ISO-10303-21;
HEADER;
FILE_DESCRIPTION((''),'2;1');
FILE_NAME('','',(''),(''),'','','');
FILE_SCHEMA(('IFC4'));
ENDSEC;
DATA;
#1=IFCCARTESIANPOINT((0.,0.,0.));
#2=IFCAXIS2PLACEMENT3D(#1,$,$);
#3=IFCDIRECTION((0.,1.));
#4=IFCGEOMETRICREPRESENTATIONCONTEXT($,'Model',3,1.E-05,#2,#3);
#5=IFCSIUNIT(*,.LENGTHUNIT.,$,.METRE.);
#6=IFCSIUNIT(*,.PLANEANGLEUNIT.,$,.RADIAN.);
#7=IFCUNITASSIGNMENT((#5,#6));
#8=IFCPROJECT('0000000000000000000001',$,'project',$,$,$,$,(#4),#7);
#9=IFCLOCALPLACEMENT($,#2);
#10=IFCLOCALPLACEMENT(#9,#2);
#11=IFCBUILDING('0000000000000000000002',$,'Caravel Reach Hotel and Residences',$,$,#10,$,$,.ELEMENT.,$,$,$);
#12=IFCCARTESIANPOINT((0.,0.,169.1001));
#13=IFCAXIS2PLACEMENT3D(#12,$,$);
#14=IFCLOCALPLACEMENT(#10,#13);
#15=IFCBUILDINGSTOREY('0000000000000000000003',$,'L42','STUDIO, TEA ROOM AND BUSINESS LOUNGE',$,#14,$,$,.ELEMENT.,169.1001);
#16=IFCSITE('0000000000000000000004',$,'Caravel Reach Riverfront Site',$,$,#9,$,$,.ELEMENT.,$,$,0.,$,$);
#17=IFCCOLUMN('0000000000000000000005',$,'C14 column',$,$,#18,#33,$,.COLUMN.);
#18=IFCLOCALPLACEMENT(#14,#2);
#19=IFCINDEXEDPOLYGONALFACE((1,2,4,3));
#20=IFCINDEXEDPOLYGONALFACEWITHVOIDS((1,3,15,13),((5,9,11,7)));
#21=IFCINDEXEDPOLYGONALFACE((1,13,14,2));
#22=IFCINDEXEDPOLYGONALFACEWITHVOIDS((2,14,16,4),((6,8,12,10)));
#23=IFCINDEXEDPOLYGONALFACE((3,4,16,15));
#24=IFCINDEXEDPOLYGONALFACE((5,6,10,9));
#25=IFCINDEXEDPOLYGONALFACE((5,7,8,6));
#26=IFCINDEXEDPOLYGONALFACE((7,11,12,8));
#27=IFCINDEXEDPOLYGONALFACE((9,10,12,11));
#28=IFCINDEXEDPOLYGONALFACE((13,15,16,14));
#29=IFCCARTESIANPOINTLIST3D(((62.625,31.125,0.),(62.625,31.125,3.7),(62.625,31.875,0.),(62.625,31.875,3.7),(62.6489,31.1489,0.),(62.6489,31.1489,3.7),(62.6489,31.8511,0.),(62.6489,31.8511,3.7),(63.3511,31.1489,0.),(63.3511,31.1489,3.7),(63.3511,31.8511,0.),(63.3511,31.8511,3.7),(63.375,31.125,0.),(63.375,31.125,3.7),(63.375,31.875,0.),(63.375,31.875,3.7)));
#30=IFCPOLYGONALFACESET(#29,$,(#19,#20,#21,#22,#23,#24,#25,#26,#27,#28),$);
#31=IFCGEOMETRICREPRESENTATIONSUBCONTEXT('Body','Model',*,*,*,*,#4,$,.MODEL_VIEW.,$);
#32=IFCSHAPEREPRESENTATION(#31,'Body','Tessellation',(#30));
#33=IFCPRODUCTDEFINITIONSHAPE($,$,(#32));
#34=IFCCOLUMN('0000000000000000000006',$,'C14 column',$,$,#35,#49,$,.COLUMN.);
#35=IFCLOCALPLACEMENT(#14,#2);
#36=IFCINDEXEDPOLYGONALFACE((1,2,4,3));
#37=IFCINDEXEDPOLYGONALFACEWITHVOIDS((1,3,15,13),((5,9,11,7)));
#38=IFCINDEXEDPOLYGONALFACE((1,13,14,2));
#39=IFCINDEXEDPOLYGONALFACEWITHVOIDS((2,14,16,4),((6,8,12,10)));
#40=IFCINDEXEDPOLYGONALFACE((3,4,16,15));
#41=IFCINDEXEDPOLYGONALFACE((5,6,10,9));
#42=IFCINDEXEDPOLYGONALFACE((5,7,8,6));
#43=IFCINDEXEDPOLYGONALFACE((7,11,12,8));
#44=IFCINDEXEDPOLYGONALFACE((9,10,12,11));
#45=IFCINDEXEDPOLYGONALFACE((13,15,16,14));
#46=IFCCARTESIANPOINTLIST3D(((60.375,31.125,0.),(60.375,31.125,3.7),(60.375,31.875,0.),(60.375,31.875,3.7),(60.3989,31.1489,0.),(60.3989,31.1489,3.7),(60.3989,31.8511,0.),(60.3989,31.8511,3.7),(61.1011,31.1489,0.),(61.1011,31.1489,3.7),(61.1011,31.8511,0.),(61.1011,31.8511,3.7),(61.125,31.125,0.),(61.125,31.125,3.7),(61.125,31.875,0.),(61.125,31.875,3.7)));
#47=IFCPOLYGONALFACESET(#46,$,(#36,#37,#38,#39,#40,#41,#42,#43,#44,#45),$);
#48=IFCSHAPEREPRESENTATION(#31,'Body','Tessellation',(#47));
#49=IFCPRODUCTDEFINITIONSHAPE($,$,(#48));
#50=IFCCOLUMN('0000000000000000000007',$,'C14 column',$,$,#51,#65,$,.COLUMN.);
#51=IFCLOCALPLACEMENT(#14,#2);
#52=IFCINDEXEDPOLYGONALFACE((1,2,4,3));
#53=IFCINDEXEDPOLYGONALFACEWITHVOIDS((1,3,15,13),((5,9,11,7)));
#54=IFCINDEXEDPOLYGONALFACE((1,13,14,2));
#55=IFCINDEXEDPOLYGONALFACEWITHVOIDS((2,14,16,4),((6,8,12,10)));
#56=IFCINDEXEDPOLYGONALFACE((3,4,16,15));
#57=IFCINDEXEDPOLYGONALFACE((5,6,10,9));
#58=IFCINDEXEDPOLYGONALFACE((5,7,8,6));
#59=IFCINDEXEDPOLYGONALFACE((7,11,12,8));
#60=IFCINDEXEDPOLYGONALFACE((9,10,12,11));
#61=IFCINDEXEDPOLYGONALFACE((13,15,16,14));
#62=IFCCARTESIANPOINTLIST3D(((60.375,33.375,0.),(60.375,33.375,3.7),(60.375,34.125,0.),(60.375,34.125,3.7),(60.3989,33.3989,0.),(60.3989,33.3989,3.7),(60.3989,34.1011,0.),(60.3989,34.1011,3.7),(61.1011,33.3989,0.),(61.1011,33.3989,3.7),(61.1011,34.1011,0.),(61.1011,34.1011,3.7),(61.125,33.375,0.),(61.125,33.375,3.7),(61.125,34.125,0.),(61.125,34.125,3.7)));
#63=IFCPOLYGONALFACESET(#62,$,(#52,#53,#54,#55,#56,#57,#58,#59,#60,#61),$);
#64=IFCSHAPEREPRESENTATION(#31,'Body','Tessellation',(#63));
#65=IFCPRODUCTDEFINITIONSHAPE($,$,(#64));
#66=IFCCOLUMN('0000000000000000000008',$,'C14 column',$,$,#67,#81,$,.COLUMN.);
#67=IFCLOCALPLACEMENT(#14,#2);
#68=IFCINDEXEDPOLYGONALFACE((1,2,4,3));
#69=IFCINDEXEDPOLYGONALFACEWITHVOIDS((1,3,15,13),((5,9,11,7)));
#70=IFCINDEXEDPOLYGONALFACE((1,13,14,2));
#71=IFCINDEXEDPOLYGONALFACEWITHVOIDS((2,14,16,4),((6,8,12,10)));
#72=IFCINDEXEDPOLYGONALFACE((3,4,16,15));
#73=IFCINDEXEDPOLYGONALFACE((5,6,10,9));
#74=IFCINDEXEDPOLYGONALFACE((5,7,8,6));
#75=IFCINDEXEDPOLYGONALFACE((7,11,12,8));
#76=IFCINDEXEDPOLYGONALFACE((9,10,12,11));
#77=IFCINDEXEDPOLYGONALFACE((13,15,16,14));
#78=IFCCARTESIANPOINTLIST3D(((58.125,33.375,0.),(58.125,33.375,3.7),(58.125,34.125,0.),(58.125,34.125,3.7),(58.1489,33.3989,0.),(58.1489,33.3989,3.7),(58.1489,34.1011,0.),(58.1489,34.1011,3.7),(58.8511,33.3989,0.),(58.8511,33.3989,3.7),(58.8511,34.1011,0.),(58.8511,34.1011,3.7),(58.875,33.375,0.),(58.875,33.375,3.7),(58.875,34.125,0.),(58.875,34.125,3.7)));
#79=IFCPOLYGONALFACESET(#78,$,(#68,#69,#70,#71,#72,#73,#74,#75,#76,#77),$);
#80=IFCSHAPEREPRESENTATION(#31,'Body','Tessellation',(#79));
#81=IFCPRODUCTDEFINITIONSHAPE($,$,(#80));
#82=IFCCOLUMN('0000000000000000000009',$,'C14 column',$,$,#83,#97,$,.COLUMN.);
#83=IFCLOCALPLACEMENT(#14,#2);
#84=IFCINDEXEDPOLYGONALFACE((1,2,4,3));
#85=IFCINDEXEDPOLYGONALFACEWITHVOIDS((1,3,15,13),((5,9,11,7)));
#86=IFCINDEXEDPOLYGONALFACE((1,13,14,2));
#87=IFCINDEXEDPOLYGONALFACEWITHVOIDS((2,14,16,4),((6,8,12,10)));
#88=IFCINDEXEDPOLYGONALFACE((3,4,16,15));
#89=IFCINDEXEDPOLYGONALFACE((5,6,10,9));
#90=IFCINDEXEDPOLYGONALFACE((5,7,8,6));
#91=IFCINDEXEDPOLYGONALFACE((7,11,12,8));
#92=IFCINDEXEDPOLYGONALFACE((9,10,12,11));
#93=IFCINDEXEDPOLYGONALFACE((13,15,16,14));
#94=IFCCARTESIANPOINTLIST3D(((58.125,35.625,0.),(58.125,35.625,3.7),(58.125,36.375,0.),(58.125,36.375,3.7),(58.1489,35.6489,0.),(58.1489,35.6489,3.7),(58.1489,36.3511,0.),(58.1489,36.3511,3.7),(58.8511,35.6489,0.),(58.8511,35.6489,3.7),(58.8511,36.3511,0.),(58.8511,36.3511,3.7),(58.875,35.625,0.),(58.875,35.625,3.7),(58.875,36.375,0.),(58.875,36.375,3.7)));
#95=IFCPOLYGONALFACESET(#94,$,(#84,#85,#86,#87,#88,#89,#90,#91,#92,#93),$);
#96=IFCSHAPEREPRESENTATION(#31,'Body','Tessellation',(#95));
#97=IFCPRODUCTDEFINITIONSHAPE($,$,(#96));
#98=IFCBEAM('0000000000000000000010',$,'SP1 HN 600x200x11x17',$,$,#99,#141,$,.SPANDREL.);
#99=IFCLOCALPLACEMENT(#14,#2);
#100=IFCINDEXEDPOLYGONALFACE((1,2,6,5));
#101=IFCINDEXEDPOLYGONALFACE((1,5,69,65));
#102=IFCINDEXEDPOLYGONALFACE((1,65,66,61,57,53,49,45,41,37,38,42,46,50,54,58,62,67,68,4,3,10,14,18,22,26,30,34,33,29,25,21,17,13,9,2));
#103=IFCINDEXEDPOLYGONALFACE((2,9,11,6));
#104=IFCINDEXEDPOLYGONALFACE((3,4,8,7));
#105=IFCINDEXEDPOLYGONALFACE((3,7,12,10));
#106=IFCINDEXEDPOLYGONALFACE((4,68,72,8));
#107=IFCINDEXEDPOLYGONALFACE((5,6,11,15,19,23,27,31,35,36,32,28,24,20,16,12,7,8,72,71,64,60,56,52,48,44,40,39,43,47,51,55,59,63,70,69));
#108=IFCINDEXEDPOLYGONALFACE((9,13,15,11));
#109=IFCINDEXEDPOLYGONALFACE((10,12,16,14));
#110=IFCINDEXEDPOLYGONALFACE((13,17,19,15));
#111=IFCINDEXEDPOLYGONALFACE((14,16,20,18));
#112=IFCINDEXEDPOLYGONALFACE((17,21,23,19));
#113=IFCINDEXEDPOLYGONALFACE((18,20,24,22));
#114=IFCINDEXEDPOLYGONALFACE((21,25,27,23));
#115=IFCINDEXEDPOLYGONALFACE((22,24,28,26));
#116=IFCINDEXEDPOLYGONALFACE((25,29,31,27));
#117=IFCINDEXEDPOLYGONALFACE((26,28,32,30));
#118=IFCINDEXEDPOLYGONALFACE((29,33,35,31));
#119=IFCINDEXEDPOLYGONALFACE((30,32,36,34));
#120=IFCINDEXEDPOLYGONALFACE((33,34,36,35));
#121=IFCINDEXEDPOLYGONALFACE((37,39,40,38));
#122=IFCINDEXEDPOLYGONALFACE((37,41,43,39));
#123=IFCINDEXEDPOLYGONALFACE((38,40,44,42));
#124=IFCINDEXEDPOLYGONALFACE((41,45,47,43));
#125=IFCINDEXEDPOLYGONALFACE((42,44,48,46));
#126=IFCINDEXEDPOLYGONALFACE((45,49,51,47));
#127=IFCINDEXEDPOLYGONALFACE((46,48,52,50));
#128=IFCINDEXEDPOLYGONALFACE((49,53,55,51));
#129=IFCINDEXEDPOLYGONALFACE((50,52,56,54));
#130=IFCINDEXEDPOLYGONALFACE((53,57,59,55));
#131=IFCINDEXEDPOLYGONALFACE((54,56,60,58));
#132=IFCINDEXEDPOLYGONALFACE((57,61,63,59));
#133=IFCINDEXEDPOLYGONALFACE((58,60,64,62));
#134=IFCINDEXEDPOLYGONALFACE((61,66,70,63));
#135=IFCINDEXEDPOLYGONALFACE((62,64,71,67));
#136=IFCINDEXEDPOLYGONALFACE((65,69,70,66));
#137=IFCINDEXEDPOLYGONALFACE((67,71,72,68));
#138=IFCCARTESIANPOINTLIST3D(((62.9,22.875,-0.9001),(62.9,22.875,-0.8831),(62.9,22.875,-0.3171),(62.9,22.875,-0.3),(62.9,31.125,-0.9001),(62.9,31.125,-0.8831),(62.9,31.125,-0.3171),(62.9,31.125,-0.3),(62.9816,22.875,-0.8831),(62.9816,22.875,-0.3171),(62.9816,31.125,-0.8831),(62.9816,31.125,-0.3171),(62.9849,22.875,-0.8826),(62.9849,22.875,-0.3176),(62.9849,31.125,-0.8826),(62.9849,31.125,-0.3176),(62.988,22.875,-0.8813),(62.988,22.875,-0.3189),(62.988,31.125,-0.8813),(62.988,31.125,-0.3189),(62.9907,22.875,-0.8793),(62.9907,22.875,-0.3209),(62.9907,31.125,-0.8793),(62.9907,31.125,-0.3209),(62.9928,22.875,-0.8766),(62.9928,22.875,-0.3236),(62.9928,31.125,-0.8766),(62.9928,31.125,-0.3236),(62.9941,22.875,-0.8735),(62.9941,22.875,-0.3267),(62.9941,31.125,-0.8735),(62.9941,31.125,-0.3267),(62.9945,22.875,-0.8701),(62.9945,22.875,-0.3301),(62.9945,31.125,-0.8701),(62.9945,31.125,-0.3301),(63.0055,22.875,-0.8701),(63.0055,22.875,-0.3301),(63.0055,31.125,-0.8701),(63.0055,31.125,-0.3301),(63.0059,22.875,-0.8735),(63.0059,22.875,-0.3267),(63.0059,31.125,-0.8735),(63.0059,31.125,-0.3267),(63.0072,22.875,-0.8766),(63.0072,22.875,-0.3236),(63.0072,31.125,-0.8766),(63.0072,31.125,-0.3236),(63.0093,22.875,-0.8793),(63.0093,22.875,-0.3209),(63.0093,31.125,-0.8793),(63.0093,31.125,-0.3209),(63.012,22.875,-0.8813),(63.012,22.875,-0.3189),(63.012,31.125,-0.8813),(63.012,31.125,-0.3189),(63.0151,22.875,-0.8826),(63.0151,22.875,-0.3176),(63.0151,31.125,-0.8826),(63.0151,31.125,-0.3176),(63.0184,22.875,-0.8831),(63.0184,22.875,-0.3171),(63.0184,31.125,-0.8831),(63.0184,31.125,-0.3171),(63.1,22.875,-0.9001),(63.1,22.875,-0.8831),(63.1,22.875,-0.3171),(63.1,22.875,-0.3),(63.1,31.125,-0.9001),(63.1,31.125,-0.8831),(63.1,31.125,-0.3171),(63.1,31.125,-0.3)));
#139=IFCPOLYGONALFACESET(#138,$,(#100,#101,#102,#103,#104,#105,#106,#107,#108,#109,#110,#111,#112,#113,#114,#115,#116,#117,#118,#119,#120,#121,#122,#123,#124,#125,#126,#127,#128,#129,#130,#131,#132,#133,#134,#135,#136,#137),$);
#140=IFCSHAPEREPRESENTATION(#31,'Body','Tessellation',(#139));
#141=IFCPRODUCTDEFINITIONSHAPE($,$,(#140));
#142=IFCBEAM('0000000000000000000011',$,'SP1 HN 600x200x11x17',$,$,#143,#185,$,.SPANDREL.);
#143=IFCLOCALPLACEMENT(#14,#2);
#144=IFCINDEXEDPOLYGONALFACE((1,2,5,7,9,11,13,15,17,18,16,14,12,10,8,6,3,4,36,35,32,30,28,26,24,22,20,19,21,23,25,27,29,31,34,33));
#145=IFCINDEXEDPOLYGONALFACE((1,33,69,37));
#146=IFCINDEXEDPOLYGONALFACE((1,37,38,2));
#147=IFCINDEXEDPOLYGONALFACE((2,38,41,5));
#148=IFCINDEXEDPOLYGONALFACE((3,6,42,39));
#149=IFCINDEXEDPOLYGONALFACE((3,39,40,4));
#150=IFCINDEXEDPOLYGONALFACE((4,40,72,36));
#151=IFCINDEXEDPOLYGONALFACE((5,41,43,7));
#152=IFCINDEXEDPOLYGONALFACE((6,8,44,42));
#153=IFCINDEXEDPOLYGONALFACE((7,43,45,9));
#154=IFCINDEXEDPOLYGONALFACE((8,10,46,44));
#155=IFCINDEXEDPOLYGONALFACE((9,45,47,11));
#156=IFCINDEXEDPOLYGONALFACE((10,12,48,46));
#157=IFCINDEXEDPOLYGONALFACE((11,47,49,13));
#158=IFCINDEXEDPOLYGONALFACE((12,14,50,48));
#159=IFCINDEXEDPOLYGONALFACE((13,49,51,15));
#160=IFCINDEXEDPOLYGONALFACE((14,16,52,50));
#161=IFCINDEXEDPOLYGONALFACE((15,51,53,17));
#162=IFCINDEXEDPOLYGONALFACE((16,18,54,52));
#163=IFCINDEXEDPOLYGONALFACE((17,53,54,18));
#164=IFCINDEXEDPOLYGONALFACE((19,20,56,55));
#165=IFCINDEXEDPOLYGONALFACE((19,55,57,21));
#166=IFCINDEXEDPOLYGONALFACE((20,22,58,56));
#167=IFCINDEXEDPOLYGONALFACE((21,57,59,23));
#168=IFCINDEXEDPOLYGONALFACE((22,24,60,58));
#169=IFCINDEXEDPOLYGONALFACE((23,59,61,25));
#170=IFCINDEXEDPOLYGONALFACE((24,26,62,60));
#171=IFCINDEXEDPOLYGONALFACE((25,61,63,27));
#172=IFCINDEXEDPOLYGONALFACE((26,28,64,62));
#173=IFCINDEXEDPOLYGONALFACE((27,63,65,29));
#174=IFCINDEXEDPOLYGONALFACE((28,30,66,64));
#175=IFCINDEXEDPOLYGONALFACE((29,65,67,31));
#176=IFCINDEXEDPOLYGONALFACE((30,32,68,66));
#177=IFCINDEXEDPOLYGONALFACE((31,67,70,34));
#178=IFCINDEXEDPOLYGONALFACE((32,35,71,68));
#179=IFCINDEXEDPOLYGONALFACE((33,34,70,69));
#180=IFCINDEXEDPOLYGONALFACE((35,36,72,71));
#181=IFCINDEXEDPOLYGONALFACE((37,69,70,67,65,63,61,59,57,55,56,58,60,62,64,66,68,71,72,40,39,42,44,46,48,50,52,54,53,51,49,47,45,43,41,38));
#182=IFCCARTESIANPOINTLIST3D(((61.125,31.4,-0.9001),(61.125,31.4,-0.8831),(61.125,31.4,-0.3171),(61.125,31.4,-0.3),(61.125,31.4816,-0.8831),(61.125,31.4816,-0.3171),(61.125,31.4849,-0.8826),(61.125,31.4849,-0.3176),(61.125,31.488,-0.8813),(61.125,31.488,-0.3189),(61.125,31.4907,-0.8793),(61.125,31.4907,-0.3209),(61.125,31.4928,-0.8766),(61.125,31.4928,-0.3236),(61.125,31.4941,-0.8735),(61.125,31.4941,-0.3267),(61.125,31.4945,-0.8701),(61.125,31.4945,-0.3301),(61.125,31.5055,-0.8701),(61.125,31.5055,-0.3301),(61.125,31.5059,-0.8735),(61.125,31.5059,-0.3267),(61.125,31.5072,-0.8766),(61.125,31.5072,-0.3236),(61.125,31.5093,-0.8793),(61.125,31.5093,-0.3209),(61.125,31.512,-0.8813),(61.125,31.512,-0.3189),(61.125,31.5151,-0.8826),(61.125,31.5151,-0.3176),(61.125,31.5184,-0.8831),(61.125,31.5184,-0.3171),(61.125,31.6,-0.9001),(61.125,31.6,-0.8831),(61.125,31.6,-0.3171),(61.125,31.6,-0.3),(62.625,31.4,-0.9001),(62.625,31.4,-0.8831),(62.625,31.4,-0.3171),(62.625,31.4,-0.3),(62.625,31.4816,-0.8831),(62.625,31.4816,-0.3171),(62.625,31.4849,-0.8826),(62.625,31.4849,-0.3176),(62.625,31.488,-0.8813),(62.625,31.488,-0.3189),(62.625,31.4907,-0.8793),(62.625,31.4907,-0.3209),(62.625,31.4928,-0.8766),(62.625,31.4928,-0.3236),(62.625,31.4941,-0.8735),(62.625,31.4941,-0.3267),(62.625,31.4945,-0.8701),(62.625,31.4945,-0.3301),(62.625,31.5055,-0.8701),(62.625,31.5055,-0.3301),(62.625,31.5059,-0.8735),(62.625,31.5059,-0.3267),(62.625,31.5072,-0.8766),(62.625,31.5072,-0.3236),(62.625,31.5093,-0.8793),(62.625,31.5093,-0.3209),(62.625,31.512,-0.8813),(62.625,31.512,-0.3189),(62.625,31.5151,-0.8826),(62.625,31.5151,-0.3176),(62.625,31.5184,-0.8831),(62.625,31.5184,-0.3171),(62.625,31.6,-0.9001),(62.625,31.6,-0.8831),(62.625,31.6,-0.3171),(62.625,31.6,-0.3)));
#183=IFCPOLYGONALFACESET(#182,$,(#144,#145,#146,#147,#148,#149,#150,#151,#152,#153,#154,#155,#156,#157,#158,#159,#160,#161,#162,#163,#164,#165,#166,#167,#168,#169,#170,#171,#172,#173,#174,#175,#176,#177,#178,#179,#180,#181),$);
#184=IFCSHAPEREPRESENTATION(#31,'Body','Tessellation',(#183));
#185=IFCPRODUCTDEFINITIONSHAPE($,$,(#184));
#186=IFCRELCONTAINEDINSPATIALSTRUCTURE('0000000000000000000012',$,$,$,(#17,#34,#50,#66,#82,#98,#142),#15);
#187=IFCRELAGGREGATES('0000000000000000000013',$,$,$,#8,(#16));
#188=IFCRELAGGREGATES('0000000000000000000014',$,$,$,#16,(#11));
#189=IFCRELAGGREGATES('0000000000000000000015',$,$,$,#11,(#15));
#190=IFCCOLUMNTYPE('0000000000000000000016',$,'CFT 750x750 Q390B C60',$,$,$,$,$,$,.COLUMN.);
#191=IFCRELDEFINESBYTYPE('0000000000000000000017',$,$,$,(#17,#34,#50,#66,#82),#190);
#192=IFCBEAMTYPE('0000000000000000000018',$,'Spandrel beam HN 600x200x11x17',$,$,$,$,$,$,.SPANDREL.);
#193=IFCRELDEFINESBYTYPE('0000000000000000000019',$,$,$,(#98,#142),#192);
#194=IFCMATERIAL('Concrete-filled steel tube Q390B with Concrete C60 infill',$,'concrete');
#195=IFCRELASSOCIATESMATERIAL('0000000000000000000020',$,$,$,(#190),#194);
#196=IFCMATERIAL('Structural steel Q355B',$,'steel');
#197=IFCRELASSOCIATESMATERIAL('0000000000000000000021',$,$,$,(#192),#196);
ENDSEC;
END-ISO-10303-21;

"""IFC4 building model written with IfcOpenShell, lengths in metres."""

from ifc_helpers import new_model, si_unit, direction, frame, origin, origin_2d, place, context, subcontext, project, spatial, hollow_rectangle, i_section, extrude, material, material_profile, profile_set, type_object, element, save


model = new_model("IFC4")

# Units and contexts
model_context = context("Model", 3, precision=1e-05, world=origin(), true_north=direction((0.0, 1.0)))
body_context = subcontext(model_context, "Body", "Model", "MODEL_VIEW")
ifc_project = project(units=[si_unit("LENGTHUNIT", "METRE"), si_unit("PLANEANGLEUNIT", "RADIAN")], contexts=[model_context])

# Site, building, storey
site_placement = place(None, origin())
site = spatial("IfcSite", under=ifc_project, at=site_placement, Name="Caravel Reach Riverfront Site", CompositionType="ELEMENT", RefElevation=0.0)
building_placement = place(site_placement, origin())
building = spatial("IfcBuilding", under=site, at=building_placement, Name="Caravel Reach Hotel and Residences", CompositionType="ELEMENT")
storey_placement = place(building_placement, frame((0.0, 0.0, 169.1001)))
storey = spatial("IfcBuildingStorey", under=building, at=storey_placement, Name="L42", Description="STUDIO, TEA ROOM AND BUSINESS LOUNGE", CompositionType="ELEMENT", Elevation=169.1001)

# Columns
ifc_material_1 = material(Name="Concrete-filled steel tube Q390B with Concrete C60 infill", Category="concrete")
ifc_material_profile_1 = material_profile(ifc_material_1, hollow_rectangle(XDim=0.75, YDim=0.75, WallThickness=0.0239, at=origin_2d()), Name="RHS 750x750x24")
ifc_profile_set_1 = profile_set([ifc_material_profile_1], Name="Concrete-filled steel tube Q390B with Concrete C60 infill")
column_type = type_object("IfcColumnType", Name="CFT 750x750 Q390B C60", PredefinedType="COLUMN", material=ifc_profile_set_1)
for number, where, z_axis, x_axis, name in (
    (1, (63.0, 31.5, 0.0), (0.0, 0.0, 1.0), (1.0, 0.0, 0.0), "C14 column"),
    (2, (60.75, 31.5, 0.0), (0.0, 0.0, 1.0), (1.0, 0.0, 0.0), "C14 column"),
    (3, (60.75, 33.75, 0.0), (0.0, 0.0, 1.0), (1.0, 0.0, 0.0), "C14 column"),
    (4, (58.5, 33.75, 0.0), (0.0, 0.0, 1.0), (1.0, 0.0, 0.0), "C14 column"),
    (5, (58.5, 36.0, 0.0), (0.0, 0.0, 1.0), (1.0, 0.0, 0.0), "C14 column"),
):
    element("IfcColumn", number, at=place(storey_placement, frame(where, z_axis=z_axis, x_axis=x_axis)), inside=storey, type_object=column_type, Name=name, PredefinedType="COLUMN", context=body_context, shape_type="SweptSolid", body=[
        extrude(hollow_rectangle(XDim=0.75, YDim=0.75, WallThickness=0.0239, at=origin_2d()), origin(), (0.0, 0.0, 1.0), 3.7),
    ])

# Beams
ifc_material_2 = material(Name="Structural steel Q355B", Category="steel")
ifc_material_profile_2 = material_profile(ifc_material_2, i_section(OverallWidth=0.2, OverallDepth=0.6001, WebThickness=0.011, FlangeThickness=0.0171, FilletRadius=0.0129, at=origin_2d()), Name="HN 600x200x11x17")
ifc_profile_set_2 = profile_set([ifc_material_profile_2], Name="Structural steel Q355B")
beam_type = type_object("IfcBeamType", Name="Spandrel beam HN 600x200x11x17", PredefinedType="SPANDREL", material=ifc_profile_set_2)
beam_placement = place(storey_placement, frame((63.0, 22.875, -0.6001), z_axis=(0.0, 1.0, 0.0), x_axis=(-1.0, 0.0, 0.0)))
element("IfcBeam", 6, at=beam_placement, inside=storey, type_object=beam_type, Name="SP1 HN 600x200x11x17", PredefinedType="SPANDREL", context=body_context, shape_type="SweptSolid", body=[
    extrude(i_section(OverallWidth=0.2, OverallDepth=0.6001, WebThickness=0.011, FlangeThickness=0.0171, FilletRadius=0.0129, at=origin_2d()), origin(), (0.0, 0.0, 1.0), 8.25),
])
for number, where, z_axis, x_axis, name in (
    (7, (62.625, 31.5, -0.6001), (-1.0, 0.0, 0.0), (0.0, -1.0, 0.0), "SP1 HN 600x200x11x17"),
):
    element("IfcBeam", number, at=place(storey_placement, frame(where, z_axis=z_axis, x_axis=x_axis)), inside=storey, type_object=beam_type, Name=name, PredefinedType="SPANDREL", context=body_context, shape_type="SweptSolid", body=[
        extrude(i_section(OverallWidth=0.2, OverallDepth=0.6001, WebThickness=0.011, FlangeThickness=0.0171, FilletRadius=0.0129, at=origin_2d()), origin(), (0.0, 0.0, 1.0), 1.5),
    ])

save(model, "model.ifc")
